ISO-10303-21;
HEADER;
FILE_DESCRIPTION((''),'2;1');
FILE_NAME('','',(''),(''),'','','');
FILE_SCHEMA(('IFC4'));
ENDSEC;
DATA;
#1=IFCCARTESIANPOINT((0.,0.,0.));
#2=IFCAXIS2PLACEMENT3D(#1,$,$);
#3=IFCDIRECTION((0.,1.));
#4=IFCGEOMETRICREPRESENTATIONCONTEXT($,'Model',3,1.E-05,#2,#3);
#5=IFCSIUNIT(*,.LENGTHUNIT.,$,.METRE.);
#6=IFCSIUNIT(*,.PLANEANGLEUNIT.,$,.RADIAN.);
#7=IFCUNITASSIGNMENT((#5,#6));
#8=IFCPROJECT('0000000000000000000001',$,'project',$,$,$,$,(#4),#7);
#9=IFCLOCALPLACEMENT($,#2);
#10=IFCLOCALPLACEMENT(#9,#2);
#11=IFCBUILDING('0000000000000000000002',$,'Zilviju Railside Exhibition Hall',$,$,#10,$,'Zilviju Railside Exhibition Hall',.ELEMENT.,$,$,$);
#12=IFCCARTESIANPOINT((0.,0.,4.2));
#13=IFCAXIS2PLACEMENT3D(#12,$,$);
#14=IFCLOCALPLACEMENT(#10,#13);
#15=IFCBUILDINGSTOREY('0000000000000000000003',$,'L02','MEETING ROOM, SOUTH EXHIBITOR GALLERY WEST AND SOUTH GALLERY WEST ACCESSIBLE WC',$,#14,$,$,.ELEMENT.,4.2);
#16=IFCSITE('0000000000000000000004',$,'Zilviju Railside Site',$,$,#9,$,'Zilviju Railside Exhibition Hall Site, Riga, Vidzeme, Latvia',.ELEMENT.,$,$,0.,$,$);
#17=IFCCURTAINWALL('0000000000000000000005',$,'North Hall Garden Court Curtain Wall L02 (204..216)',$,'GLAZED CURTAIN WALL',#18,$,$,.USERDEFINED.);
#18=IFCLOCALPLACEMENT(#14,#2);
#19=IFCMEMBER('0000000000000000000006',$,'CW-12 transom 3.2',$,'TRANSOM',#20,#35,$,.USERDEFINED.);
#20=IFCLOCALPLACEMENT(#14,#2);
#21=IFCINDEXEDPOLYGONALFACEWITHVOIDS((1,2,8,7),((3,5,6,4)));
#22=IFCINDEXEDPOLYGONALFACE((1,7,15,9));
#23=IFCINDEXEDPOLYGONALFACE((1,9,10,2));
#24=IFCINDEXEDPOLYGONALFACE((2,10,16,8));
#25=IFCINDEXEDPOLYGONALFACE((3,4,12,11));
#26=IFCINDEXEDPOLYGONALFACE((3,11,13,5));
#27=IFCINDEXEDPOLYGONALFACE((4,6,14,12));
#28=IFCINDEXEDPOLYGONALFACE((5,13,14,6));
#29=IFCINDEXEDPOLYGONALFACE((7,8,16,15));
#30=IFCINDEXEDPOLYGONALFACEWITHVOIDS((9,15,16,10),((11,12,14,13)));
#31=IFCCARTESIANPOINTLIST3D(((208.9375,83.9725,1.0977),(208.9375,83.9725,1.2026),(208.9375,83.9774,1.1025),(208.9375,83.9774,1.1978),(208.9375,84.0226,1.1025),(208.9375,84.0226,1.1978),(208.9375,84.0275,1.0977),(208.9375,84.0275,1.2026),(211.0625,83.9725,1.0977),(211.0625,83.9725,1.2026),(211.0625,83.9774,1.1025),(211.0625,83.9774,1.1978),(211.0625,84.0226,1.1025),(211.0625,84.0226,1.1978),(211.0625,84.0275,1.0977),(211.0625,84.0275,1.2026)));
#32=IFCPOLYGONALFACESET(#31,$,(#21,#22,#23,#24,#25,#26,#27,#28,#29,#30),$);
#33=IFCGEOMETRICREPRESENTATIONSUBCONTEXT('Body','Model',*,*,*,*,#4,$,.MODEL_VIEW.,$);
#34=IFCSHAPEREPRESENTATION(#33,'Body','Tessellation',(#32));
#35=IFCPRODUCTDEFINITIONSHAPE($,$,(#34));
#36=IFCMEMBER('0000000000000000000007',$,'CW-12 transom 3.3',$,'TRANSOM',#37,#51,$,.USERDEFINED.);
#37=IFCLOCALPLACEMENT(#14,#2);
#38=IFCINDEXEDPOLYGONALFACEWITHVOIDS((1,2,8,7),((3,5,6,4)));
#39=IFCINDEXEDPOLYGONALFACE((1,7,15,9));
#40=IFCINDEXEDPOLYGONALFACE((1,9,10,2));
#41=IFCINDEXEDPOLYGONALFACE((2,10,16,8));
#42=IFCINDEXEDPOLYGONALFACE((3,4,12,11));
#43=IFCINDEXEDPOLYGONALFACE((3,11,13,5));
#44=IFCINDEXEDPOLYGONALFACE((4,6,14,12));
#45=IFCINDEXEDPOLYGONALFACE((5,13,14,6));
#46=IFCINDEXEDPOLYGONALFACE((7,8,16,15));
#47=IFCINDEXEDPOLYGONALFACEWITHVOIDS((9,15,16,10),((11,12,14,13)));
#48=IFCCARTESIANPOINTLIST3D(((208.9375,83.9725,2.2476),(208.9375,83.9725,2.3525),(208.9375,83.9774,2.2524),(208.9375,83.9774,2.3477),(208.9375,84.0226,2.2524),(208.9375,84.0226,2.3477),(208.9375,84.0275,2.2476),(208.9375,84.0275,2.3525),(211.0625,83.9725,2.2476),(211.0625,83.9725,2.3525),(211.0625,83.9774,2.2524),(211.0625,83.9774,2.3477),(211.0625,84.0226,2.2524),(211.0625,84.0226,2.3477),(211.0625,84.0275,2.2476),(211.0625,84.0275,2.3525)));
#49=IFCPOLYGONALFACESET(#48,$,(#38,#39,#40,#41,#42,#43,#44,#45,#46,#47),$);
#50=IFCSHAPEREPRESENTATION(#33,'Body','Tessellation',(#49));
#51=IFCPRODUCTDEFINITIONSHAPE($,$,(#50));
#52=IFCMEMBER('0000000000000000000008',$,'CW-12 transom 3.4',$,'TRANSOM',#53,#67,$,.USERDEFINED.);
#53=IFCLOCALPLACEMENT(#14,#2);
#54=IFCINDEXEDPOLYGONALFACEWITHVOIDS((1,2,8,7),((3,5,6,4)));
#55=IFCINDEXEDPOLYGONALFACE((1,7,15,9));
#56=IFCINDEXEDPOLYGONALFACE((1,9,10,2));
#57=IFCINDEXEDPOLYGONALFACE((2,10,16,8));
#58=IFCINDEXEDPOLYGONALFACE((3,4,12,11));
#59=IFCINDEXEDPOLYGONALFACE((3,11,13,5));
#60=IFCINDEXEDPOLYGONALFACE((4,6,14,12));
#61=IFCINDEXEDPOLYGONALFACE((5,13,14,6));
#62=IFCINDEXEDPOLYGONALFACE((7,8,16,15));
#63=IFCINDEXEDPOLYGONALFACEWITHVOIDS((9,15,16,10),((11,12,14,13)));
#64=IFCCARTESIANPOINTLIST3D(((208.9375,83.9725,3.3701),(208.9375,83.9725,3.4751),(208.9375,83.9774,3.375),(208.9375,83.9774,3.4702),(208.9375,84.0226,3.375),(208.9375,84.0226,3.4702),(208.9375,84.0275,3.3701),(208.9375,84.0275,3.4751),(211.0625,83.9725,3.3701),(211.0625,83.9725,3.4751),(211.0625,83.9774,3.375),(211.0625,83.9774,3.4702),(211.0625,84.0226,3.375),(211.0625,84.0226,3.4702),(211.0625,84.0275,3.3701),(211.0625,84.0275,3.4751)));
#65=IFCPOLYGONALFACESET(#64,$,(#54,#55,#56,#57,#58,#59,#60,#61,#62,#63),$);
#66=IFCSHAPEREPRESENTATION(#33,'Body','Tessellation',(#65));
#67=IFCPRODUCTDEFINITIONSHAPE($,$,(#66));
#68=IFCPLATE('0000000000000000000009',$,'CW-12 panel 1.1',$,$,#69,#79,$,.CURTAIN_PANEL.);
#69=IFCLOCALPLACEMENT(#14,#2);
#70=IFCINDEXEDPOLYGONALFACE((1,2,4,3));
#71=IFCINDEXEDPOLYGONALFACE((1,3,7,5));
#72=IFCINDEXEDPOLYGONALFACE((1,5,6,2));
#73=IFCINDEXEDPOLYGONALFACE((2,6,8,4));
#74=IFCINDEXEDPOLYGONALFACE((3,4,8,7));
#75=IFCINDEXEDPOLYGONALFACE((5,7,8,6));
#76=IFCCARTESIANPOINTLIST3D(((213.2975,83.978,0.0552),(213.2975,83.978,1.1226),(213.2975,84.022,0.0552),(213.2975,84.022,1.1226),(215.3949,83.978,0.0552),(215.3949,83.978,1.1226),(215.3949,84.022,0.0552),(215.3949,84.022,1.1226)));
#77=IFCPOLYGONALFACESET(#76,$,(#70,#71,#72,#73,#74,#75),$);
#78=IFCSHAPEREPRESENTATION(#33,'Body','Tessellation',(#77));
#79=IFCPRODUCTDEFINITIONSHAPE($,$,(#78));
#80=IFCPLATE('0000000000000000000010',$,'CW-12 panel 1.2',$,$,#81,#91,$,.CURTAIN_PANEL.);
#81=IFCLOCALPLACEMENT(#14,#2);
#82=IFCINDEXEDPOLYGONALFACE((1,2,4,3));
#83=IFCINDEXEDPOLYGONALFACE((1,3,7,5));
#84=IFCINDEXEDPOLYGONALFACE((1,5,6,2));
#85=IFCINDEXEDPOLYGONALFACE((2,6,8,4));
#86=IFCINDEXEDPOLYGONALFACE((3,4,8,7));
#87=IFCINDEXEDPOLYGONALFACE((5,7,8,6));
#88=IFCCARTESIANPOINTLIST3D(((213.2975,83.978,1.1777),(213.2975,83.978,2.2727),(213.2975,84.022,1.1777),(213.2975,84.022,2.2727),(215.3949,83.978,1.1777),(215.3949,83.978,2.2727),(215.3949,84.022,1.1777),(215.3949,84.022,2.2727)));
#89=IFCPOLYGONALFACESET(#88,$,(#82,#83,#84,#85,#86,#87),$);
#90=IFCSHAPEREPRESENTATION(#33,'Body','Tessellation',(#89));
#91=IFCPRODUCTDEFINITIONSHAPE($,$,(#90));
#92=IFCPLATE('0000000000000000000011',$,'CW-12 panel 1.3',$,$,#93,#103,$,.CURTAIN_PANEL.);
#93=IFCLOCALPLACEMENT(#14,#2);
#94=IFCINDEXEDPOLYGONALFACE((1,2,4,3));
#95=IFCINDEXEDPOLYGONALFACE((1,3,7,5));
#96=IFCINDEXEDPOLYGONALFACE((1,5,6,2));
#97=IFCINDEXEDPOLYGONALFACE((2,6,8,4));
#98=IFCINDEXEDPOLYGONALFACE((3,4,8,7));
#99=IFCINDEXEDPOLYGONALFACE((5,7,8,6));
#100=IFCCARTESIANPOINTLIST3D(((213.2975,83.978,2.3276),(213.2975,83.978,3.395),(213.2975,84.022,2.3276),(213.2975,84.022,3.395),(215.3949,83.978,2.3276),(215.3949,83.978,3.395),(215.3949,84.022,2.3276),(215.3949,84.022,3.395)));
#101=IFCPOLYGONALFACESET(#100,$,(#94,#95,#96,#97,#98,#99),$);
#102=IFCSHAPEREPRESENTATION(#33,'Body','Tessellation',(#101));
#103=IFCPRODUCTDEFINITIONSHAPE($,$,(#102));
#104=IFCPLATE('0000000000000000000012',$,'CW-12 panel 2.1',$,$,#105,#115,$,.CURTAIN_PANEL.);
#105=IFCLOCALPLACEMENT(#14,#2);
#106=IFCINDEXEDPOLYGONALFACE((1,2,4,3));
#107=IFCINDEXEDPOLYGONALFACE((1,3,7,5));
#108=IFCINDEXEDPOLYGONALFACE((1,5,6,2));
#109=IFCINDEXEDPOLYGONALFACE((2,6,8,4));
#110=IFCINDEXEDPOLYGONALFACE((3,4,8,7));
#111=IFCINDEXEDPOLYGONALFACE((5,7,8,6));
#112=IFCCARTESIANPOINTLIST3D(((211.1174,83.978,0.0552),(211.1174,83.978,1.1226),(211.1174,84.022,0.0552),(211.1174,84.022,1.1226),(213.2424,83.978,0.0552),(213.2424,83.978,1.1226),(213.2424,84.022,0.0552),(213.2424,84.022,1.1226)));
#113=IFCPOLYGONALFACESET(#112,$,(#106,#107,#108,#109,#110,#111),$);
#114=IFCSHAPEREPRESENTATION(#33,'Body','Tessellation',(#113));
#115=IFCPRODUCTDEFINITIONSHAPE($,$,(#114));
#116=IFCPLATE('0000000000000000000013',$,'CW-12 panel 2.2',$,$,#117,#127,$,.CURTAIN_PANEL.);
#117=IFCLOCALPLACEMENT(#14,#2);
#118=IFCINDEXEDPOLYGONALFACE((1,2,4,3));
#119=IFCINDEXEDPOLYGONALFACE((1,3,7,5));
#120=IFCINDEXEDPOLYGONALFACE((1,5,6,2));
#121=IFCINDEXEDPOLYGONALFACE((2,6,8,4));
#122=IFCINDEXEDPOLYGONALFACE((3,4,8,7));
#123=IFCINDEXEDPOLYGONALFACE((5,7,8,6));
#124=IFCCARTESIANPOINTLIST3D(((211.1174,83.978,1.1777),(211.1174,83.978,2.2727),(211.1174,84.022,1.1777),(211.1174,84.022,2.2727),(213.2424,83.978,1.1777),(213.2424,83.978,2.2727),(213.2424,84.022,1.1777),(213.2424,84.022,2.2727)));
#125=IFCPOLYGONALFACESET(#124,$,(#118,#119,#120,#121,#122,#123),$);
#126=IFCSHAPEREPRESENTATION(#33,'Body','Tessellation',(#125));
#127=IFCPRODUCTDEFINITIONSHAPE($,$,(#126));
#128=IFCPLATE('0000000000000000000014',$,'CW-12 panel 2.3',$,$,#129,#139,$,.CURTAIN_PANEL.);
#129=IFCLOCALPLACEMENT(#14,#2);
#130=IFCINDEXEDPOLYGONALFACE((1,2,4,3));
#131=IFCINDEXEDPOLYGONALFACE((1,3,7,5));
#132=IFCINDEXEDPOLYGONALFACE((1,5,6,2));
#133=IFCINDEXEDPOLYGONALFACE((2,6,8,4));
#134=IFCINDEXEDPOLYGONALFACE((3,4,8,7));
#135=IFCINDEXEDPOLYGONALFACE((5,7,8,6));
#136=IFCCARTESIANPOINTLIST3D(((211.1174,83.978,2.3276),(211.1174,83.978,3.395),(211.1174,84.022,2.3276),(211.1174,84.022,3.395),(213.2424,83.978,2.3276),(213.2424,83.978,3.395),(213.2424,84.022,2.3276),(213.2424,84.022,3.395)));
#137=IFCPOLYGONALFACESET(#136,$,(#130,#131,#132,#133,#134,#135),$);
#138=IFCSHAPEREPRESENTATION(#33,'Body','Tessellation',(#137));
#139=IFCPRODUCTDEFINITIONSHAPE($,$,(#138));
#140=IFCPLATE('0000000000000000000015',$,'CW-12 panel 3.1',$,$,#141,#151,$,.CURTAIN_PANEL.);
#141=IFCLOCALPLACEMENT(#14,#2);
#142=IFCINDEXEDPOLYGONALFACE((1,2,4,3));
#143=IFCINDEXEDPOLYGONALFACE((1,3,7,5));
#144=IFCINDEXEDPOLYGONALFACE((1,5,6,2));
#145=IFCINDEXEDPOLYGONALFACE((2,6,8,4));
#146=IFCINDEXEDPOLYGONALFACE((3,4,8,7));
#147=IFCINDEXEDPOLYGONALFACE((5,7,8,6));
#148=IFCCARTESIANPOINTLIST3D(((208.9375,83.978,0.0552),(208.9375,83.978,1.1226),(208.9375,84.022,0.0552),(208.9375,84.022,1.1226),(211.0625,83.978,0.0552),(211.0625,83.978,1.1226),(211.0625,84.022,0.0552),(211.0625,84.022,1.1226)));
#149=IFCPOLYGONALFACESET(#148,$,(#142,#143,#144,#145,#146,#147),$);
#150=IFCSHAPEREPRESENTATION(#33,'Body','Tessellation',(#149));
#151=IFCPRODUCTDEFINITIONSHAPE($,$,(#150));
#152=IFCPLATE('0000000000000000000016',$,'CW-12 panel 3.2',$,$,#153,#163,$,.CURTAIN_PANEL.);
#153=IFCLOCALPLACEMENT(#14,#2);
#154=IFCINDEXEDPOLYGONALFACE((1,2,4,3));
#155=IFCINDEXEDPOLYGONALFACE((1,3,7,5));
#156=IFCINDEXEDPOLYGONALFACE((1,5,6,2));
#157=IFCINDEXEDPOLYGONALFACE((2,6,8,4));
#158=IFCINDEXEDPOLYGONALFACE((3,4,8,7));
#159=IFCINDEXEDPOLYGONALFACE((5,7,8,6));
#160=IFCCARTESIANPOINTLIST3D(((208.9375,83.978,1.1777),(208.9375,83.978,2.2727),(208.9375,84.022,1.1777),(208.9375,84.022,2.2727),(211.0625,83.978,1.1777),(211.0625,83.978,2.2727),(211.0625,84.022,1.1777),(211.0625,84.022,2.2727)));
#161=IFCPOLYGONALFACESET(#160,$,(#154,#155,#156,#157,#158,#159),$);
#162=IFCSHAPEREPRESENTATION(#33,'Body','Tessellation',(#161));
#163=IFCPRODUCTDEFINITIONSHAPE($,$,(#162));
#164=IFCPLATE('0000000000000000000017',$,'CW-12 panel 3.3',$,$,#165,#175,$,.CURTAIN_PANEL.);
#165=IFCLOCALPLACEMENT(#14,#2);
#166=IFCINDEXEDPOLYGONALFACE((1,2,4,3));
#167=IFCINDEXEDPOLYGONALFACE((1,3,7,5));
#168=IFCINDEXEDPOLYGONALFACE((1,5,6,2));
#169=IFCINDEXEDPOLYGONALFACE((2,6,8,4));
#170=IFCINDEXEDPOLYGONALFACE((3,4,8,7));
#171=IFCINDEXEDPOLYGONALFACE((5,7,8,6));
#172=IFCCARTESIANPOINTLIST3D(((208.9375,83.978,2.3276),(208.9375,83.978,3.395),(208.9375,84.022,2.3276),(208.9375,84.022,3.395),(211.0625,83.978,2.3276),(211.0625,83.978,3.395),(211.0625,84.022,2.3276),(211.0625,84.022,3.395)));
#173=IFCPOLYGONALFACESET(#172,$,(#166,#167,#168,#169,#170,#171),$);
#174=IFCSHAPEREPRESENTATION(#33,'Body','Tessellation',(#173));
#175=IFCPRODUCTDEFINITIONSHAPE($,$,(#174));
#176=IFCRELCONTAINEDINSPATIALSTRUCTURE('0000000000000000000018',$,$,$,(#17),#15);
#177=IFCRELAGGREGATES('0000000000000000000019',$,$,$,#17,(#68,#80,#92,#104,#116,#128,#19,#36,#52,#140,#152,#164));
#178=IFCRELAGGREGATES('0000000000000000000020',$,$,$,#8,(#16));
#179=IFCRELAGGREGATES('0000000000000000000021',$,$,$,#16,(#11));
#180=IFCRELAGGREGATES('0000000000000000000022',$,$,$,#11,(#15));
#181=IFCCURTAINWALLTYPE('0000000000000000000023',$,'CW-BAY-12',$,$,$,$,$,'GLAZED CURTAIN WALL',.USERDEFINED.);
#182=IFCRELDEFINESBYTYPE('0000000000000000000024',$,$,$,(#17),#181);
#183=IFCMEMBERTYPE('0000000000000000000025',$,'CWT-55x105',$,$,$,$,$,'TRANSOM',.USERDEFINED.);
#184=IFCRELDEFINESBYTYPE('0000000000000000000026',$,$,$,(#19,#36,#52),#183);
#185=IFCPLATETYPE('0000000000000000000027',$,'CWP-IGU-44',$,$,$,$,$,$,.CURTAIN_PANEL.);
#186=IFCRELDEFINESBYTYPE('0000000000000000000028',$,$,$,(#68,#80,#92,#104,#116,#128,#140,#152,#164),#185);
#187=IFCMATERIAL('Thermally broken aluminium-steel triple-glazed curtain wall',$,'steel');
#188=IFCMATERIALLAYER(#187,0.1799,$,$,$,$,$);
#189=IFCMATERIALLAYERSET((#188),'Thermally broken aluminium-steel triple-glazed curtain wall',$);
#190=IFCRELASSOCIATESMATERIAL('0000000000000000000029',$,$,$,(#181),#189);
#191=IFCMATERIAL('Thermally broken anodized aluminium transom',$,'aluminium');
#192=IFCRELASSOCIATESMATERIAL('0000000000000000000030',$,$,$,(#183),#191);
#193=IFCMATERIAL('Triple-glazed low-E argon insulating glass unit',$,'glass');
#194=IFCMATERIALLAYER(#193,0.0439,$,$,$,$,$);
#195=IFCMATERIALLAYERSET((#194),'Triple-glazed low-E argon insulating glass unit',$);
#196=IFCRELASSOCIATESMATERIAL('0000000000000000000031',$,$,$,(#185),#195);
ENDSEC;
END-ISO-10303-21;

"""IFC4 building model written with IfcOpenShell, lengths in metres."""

from ifc_helpers import new_model, si_unit, direction, frame, origin, origin_2d, place, context, subcontext, project, spatial, rectangle, hollow_rectangle, extrude, material, layer, layer_set, material_profile, profile_set, type_object, element, aggregate, save


model = new_model("IFC4")

# Units and contexts
model_context = context("Model", 3, precision=1e-05, world=origin(), true_north=direction((0.0, 1.0)))
body_context = subcontext(model_context, "Body", "Model", "MODEL_VIEW")
ifc_project = project(units=[si_unit("LENGTHUNIT", "METRE"), si_unit("PLANEANGLEUNIT", "RADIAN")], contexts=[model_context])

# Site, building, storey
site_placement = place(None, origin())
site = spatial("IfcSite", under=ifc_project, at=site_placement, Name="Zilviju Railside Site", LongName="Zilviju Railside Exhibition Hall Site, Riga, Vidzeme, Latvia", CompositionType="ELEMENT", RefElevation=0.0)
building_placement = place(site_placement, origin())
building = spatial("IfcBuilding", under=site, at=building_placement, Name="Zilviju Railside Exhibition Hall", LongName="Zilviju Railside Exhibition Hall", CompositionType="ELEMENT")
storey_placement = place(building_placement, frame((0.0, 0.0, 4.2)))
storey = spatial("IfcBuildingStorey", under=building, at=storey_placement, Name="L02", Description="MEETING ROOM, SOUTH EXHIBITOR GALLERY WEST AND SOUTH GALLERY WEST ACCESSIBLE WC", CompositionType="ELEMENT", Elevation=4.2)

# Curtain wall, members, plates
ifc_material_1 = material(Name="Thermally broken aluminium-steel triple-glazed curtain wall", Category="steel")
ifc_layer_1 = layer(ifc_material_1, 0.1799)
ifc_layer_set_1 = layer_set([ifc_layer_1], Name="Thermally broken aluminium-steel triple-glazed curtain wall")
curtain_wall_type = type_object("IfcCurtainWallType", Name="CW-BAY-12", ElementType="GLAZED CURTAIN WALL", PredefinedType="USERDEFINED", material=ifc_layer_set_1)
curtain_wall_placement = place(storey_placement, origin())
curtain_wall = element("IfcCurtainWall", 1, at=curtain_wall_placement, inside=storey, type_object=curtain_wall_type, Name="North Hall Garden Court Curtain Wall L02 (204..216)", ObjectType="GLAZED CURTAIN WALL", PredefinedType="USERDEFINED")
ifc_material_2 = material(Name="Thermally broken anodized aluminium transom", Category="aluminium")
ifc_material_profile_1 = material_profile(ifc_material_2, hollow_rectangle(XDim=0.0549, YDim=0.105, WallThickness=0.0049, at=origin_2d()), Name="TRANSOM 105x55x5")
ifc_profile_set_1 = profile_set([ifc_material_profile_1], Name="Thermally broken anodized aluminium transom")
member_type_1 = type_object("IfcMemberType", Name="CWT-55x105", ElementType="TRANSOM", PredefinedType="USERDEFINED", material=ifc_profile_set_1)
member_1_placement = place(storey_placement, frame((211.0625, 84.0, 1.1501), z_axis=(-1.0, 0.0, 0.0), x_axis=(0.0, -1.0, 0.0)))
member_1 = element("IfcMember", 2, at=member_1_placement, type_object=member_type_1, Name="CW-12 transom 3.2", ObjectType="TRANSOM", PredefinedType="USERDEFINED", context=body_context, shape_type="SweptSolid", body=[
    extrude(hollow_rectangle(XDim=0.0549, YDim=0.105, WallThickness=0.0049, at=origin_2d()), origin(), (0.0, 0.0, 1.0), 2.125),
])
member_2_placement = place(storey_placement, frame((211.0625, 84.0, 2.3), z_axis=(-1.0, 0.0, 0.0), x_axis=(0.0, -1.0, 0.0)))
member_2 = element("IfcMember", 3, at=member_2_placement, type_object=member_type_1, Name="CW-12 transom 3.3", ObjectType="TRANSOM", PredefinedType="USERDEFINED", context=body_context, shape_type="SweptSolid", body=[
    extrude(hollow_rectangle(XDim=0.0549, YDim=0.105, WallThickness=0.0049, at=origin_2d()), origin(), (0.0, 0.0, 1.0), 2.125),
])
member_3_placement = place(storey_placement, frame((211.0625, 84.0, 3.4226), z_axis=(-1.0, 0.0, 0.0), x_axis=(0.0, -1.0, 0.0)))
member_3 = element("IfcMember", 4, at=member_3_placement, type_object=member_type_1, Name="CW-12 transom 3.4", ObjectType="TRANSOM", PredefinedType="USERDEFINED", context=body_context, shape_type="SweptSolid", body=[
    extrude(hollow_rectangle(XDim=0.0549, YDim=0.105, WallThickness=0.0049, at=origin_2d()), origin(), (0.0, 0.0, 1.0), 2.125),
])
ifc_material_3 = material(Name="Triple-glazed low-E argon insulating glass unit", Category="glass")
ifc_layer_2 = layer(ifc_material_3, 0.0439)
ifc_layer_set_2 = layer_set([ifc_layer_2], Name="Triple-glazed low-E argon insulating glass unit")
plate_type = type_object("IfcPlateType", Name="CWP-IGU-44", PredefinedType="CURTAIN_PANEL", material=ifc_layer_set_2)
plate_1_placement = place(storey_placement, frame((214.3462, 84.0, 0.0552), z_axis=(0.0, 0.0, 1.0), x_axis=(-1.0, 0.0, 0.0)))
plate_1 = element("IfcPlate", 5, at=plate_1_placement, type_object=plate_type, Name="CW-12 panel 1.1", PredefinedType="CURTAIN_PANEL", context=body_context, shape_type="SweptSolid", body=[
    extrude(rectangle(XDim=2.0974, YDim=0.0439, at=origin_2d()), origin(), (0.0, 0.0, 1.0), 1.0674),
])
plate_2_placement = place(storey_placement, frame((214.3462, 84.0, 1.1777), z_axis=(0.0, 0.0, 1.0), x_axis=(-1.0, 0.0, 0.0)))
plate_2 = element("IfcPlate", 6, at=plate_2_placement, type_object=plate_type, Name="CW-12 panel 1.2", PredefinedType="CURTAIN_PANEL", context=body_context, shape_type="SweptSolid", body=[
    extrude(rectangle(XDim=2.0974, YDim=0.0439, at=origin_2d()), origin(), (0.0, 0.0, 1.0), 1.095),
])
plate_3_placement = place(storey_placement, frame((214.3462, 84.0, 2.3276), z_axis=(0.0, 0.0, 1.0), x_axis=(-1.0, 0.0, 0.0)))
plate_3 = element("IfcPlate", 7, at=plate_3_placement, type_object=plate_type, Name="CW-12 panel 1.3", PredefinedType="CURTAIN_PANEL", context=body_context, shape_type="SweptSolid", body=[
    extrude(rectangle(XDim=2.0974, YDim=0.0439, at=origin_2d()), origin(), (0.0, 0.0, 1.0), 1.0674),
])
plate_4_placement = place(storey_placement, frame((212.1799, 84.0, 0.0552), z_axis=(0.0, 0.0, 1.0), x_axis=(-1.0, 0.0, 0.0)))
plate_4 = element("IfcPlate", 8, at=plate_4_placement, type_object=plate_type, Name="CW-12 panel 2.1", PredefinedType="CURTAIN_PANEL", context=body_context, shape_type="SweptSolid", body=[
    extrude(rectangle(XDim=2.125, YDim=0.0439, at=origin_2d()), origin(), (0.0, 0.0, 1.0), 1.0674),
])
plate_5_placement = place(storey_placement, frame((212.1799, 84.0, 1.1777), z_axis=(0.0, 0.0, 1.0), x_axis=(-1.0, 0.0, 0.0)))
plate_5 = element("IfcPlate", 9, at=plate_5_placement, type_object=plate_type, Name="CW-12 panel 2.2", PredefinedType="CURTAIN_PANEL", context=body_context, shape_type="SweptSolid", body=[
    extrude(rectangle(XDim=2.125, YDim=0.0439, at=origin_2d()), origin(), (0.0, 0.0, 1.0), 1.095),
])
plate_6_placement = place(storey_placement, frame((212.1799, 84.0, 2.3276), z_axis=(0.0, 0.0, 1.0), x_axis=(-1.0, 0.0, 0.0)))
plate_6 = element("IfcPlate", 10, at=plate_6_placement, type_object=plate_type, Name="CW-12 panel 2.3", PredefinedType="CURTAIN_PANEL", context=body_context, shape_type="SweptSolid", body=[
    extrude(rectangle(XDim=2.125, YDim=0.0439, at=origin_2d()), origin(), (0.0, 0.0, 1.0), 1.0674),
])
plate_7_placement = place(storey_placement, frame((210.0, 84.0, 0.0552), z_axis=(0.0, 0.0, 1.0), x_axis=(-1.0, 0.0, 0.0)))
plate_7 = element("IfcPlate", 11, at=plate_7_placement, type_object=plate_type, Name="CW-12 panel 3.1", PredefinedType="CURTAIN_PANEL", context=body_context, shape_type="SweptSolid", body=[
    extrude(rectangle(XDim=2.125, YDim=0.0439, at=origin_2d()), origin(), (0.0, 0.0, 1.0), 1.0674),
])
plate_8_placement = place(storey_placement, frame((210.0, 84.0, 1.1777), z_axis=(0.0, 0.0, 1.0), x_axis=(-1.0, 0.0, 0.0)))
plate_8 = element("IfcPlate", 12, at=plate_8_placement, type_object=plate_type, Name="CW-12 panel 3.2", PredefinedType="CURTAIN_PANEL", context=body_context, shape_type="SweptSolid", body=[
    extrude(rectangle(XDim=2.125, YDim=0.0439, at=origin_2d()), origin(), (0.0, 0.0, 1.0), 1.095),
])
plate_9_placement = place(storey_placement, frame((210.0, 84.0, 2.3276), z_axis=(0.0, 0.0, 1.0), x_axis=(-1.0, 0.0, 0.0)))
plate_9 = element("IfcPlate", 13, at=plate_9_placement, type_object=plate_type, Name="CW-12 panel 3.3", PredefinedType="CURTAIN_PANEL", context=body_context, shape_type="SweptSolid", body=[
    extrude(rectangle(XDim=2.125, YDim=0.0439, at=origin_2d()), origin(), (0.0, 0.0, 1.0), 1.0674),
])
aggregate(curtain_wall, [plate_1, plate_2, plate_3, plate_4, plate_5, plate_6, member_1, member_2, member_3, plate_7, plate_8, plate_9])

save(model, "model.ifc")
